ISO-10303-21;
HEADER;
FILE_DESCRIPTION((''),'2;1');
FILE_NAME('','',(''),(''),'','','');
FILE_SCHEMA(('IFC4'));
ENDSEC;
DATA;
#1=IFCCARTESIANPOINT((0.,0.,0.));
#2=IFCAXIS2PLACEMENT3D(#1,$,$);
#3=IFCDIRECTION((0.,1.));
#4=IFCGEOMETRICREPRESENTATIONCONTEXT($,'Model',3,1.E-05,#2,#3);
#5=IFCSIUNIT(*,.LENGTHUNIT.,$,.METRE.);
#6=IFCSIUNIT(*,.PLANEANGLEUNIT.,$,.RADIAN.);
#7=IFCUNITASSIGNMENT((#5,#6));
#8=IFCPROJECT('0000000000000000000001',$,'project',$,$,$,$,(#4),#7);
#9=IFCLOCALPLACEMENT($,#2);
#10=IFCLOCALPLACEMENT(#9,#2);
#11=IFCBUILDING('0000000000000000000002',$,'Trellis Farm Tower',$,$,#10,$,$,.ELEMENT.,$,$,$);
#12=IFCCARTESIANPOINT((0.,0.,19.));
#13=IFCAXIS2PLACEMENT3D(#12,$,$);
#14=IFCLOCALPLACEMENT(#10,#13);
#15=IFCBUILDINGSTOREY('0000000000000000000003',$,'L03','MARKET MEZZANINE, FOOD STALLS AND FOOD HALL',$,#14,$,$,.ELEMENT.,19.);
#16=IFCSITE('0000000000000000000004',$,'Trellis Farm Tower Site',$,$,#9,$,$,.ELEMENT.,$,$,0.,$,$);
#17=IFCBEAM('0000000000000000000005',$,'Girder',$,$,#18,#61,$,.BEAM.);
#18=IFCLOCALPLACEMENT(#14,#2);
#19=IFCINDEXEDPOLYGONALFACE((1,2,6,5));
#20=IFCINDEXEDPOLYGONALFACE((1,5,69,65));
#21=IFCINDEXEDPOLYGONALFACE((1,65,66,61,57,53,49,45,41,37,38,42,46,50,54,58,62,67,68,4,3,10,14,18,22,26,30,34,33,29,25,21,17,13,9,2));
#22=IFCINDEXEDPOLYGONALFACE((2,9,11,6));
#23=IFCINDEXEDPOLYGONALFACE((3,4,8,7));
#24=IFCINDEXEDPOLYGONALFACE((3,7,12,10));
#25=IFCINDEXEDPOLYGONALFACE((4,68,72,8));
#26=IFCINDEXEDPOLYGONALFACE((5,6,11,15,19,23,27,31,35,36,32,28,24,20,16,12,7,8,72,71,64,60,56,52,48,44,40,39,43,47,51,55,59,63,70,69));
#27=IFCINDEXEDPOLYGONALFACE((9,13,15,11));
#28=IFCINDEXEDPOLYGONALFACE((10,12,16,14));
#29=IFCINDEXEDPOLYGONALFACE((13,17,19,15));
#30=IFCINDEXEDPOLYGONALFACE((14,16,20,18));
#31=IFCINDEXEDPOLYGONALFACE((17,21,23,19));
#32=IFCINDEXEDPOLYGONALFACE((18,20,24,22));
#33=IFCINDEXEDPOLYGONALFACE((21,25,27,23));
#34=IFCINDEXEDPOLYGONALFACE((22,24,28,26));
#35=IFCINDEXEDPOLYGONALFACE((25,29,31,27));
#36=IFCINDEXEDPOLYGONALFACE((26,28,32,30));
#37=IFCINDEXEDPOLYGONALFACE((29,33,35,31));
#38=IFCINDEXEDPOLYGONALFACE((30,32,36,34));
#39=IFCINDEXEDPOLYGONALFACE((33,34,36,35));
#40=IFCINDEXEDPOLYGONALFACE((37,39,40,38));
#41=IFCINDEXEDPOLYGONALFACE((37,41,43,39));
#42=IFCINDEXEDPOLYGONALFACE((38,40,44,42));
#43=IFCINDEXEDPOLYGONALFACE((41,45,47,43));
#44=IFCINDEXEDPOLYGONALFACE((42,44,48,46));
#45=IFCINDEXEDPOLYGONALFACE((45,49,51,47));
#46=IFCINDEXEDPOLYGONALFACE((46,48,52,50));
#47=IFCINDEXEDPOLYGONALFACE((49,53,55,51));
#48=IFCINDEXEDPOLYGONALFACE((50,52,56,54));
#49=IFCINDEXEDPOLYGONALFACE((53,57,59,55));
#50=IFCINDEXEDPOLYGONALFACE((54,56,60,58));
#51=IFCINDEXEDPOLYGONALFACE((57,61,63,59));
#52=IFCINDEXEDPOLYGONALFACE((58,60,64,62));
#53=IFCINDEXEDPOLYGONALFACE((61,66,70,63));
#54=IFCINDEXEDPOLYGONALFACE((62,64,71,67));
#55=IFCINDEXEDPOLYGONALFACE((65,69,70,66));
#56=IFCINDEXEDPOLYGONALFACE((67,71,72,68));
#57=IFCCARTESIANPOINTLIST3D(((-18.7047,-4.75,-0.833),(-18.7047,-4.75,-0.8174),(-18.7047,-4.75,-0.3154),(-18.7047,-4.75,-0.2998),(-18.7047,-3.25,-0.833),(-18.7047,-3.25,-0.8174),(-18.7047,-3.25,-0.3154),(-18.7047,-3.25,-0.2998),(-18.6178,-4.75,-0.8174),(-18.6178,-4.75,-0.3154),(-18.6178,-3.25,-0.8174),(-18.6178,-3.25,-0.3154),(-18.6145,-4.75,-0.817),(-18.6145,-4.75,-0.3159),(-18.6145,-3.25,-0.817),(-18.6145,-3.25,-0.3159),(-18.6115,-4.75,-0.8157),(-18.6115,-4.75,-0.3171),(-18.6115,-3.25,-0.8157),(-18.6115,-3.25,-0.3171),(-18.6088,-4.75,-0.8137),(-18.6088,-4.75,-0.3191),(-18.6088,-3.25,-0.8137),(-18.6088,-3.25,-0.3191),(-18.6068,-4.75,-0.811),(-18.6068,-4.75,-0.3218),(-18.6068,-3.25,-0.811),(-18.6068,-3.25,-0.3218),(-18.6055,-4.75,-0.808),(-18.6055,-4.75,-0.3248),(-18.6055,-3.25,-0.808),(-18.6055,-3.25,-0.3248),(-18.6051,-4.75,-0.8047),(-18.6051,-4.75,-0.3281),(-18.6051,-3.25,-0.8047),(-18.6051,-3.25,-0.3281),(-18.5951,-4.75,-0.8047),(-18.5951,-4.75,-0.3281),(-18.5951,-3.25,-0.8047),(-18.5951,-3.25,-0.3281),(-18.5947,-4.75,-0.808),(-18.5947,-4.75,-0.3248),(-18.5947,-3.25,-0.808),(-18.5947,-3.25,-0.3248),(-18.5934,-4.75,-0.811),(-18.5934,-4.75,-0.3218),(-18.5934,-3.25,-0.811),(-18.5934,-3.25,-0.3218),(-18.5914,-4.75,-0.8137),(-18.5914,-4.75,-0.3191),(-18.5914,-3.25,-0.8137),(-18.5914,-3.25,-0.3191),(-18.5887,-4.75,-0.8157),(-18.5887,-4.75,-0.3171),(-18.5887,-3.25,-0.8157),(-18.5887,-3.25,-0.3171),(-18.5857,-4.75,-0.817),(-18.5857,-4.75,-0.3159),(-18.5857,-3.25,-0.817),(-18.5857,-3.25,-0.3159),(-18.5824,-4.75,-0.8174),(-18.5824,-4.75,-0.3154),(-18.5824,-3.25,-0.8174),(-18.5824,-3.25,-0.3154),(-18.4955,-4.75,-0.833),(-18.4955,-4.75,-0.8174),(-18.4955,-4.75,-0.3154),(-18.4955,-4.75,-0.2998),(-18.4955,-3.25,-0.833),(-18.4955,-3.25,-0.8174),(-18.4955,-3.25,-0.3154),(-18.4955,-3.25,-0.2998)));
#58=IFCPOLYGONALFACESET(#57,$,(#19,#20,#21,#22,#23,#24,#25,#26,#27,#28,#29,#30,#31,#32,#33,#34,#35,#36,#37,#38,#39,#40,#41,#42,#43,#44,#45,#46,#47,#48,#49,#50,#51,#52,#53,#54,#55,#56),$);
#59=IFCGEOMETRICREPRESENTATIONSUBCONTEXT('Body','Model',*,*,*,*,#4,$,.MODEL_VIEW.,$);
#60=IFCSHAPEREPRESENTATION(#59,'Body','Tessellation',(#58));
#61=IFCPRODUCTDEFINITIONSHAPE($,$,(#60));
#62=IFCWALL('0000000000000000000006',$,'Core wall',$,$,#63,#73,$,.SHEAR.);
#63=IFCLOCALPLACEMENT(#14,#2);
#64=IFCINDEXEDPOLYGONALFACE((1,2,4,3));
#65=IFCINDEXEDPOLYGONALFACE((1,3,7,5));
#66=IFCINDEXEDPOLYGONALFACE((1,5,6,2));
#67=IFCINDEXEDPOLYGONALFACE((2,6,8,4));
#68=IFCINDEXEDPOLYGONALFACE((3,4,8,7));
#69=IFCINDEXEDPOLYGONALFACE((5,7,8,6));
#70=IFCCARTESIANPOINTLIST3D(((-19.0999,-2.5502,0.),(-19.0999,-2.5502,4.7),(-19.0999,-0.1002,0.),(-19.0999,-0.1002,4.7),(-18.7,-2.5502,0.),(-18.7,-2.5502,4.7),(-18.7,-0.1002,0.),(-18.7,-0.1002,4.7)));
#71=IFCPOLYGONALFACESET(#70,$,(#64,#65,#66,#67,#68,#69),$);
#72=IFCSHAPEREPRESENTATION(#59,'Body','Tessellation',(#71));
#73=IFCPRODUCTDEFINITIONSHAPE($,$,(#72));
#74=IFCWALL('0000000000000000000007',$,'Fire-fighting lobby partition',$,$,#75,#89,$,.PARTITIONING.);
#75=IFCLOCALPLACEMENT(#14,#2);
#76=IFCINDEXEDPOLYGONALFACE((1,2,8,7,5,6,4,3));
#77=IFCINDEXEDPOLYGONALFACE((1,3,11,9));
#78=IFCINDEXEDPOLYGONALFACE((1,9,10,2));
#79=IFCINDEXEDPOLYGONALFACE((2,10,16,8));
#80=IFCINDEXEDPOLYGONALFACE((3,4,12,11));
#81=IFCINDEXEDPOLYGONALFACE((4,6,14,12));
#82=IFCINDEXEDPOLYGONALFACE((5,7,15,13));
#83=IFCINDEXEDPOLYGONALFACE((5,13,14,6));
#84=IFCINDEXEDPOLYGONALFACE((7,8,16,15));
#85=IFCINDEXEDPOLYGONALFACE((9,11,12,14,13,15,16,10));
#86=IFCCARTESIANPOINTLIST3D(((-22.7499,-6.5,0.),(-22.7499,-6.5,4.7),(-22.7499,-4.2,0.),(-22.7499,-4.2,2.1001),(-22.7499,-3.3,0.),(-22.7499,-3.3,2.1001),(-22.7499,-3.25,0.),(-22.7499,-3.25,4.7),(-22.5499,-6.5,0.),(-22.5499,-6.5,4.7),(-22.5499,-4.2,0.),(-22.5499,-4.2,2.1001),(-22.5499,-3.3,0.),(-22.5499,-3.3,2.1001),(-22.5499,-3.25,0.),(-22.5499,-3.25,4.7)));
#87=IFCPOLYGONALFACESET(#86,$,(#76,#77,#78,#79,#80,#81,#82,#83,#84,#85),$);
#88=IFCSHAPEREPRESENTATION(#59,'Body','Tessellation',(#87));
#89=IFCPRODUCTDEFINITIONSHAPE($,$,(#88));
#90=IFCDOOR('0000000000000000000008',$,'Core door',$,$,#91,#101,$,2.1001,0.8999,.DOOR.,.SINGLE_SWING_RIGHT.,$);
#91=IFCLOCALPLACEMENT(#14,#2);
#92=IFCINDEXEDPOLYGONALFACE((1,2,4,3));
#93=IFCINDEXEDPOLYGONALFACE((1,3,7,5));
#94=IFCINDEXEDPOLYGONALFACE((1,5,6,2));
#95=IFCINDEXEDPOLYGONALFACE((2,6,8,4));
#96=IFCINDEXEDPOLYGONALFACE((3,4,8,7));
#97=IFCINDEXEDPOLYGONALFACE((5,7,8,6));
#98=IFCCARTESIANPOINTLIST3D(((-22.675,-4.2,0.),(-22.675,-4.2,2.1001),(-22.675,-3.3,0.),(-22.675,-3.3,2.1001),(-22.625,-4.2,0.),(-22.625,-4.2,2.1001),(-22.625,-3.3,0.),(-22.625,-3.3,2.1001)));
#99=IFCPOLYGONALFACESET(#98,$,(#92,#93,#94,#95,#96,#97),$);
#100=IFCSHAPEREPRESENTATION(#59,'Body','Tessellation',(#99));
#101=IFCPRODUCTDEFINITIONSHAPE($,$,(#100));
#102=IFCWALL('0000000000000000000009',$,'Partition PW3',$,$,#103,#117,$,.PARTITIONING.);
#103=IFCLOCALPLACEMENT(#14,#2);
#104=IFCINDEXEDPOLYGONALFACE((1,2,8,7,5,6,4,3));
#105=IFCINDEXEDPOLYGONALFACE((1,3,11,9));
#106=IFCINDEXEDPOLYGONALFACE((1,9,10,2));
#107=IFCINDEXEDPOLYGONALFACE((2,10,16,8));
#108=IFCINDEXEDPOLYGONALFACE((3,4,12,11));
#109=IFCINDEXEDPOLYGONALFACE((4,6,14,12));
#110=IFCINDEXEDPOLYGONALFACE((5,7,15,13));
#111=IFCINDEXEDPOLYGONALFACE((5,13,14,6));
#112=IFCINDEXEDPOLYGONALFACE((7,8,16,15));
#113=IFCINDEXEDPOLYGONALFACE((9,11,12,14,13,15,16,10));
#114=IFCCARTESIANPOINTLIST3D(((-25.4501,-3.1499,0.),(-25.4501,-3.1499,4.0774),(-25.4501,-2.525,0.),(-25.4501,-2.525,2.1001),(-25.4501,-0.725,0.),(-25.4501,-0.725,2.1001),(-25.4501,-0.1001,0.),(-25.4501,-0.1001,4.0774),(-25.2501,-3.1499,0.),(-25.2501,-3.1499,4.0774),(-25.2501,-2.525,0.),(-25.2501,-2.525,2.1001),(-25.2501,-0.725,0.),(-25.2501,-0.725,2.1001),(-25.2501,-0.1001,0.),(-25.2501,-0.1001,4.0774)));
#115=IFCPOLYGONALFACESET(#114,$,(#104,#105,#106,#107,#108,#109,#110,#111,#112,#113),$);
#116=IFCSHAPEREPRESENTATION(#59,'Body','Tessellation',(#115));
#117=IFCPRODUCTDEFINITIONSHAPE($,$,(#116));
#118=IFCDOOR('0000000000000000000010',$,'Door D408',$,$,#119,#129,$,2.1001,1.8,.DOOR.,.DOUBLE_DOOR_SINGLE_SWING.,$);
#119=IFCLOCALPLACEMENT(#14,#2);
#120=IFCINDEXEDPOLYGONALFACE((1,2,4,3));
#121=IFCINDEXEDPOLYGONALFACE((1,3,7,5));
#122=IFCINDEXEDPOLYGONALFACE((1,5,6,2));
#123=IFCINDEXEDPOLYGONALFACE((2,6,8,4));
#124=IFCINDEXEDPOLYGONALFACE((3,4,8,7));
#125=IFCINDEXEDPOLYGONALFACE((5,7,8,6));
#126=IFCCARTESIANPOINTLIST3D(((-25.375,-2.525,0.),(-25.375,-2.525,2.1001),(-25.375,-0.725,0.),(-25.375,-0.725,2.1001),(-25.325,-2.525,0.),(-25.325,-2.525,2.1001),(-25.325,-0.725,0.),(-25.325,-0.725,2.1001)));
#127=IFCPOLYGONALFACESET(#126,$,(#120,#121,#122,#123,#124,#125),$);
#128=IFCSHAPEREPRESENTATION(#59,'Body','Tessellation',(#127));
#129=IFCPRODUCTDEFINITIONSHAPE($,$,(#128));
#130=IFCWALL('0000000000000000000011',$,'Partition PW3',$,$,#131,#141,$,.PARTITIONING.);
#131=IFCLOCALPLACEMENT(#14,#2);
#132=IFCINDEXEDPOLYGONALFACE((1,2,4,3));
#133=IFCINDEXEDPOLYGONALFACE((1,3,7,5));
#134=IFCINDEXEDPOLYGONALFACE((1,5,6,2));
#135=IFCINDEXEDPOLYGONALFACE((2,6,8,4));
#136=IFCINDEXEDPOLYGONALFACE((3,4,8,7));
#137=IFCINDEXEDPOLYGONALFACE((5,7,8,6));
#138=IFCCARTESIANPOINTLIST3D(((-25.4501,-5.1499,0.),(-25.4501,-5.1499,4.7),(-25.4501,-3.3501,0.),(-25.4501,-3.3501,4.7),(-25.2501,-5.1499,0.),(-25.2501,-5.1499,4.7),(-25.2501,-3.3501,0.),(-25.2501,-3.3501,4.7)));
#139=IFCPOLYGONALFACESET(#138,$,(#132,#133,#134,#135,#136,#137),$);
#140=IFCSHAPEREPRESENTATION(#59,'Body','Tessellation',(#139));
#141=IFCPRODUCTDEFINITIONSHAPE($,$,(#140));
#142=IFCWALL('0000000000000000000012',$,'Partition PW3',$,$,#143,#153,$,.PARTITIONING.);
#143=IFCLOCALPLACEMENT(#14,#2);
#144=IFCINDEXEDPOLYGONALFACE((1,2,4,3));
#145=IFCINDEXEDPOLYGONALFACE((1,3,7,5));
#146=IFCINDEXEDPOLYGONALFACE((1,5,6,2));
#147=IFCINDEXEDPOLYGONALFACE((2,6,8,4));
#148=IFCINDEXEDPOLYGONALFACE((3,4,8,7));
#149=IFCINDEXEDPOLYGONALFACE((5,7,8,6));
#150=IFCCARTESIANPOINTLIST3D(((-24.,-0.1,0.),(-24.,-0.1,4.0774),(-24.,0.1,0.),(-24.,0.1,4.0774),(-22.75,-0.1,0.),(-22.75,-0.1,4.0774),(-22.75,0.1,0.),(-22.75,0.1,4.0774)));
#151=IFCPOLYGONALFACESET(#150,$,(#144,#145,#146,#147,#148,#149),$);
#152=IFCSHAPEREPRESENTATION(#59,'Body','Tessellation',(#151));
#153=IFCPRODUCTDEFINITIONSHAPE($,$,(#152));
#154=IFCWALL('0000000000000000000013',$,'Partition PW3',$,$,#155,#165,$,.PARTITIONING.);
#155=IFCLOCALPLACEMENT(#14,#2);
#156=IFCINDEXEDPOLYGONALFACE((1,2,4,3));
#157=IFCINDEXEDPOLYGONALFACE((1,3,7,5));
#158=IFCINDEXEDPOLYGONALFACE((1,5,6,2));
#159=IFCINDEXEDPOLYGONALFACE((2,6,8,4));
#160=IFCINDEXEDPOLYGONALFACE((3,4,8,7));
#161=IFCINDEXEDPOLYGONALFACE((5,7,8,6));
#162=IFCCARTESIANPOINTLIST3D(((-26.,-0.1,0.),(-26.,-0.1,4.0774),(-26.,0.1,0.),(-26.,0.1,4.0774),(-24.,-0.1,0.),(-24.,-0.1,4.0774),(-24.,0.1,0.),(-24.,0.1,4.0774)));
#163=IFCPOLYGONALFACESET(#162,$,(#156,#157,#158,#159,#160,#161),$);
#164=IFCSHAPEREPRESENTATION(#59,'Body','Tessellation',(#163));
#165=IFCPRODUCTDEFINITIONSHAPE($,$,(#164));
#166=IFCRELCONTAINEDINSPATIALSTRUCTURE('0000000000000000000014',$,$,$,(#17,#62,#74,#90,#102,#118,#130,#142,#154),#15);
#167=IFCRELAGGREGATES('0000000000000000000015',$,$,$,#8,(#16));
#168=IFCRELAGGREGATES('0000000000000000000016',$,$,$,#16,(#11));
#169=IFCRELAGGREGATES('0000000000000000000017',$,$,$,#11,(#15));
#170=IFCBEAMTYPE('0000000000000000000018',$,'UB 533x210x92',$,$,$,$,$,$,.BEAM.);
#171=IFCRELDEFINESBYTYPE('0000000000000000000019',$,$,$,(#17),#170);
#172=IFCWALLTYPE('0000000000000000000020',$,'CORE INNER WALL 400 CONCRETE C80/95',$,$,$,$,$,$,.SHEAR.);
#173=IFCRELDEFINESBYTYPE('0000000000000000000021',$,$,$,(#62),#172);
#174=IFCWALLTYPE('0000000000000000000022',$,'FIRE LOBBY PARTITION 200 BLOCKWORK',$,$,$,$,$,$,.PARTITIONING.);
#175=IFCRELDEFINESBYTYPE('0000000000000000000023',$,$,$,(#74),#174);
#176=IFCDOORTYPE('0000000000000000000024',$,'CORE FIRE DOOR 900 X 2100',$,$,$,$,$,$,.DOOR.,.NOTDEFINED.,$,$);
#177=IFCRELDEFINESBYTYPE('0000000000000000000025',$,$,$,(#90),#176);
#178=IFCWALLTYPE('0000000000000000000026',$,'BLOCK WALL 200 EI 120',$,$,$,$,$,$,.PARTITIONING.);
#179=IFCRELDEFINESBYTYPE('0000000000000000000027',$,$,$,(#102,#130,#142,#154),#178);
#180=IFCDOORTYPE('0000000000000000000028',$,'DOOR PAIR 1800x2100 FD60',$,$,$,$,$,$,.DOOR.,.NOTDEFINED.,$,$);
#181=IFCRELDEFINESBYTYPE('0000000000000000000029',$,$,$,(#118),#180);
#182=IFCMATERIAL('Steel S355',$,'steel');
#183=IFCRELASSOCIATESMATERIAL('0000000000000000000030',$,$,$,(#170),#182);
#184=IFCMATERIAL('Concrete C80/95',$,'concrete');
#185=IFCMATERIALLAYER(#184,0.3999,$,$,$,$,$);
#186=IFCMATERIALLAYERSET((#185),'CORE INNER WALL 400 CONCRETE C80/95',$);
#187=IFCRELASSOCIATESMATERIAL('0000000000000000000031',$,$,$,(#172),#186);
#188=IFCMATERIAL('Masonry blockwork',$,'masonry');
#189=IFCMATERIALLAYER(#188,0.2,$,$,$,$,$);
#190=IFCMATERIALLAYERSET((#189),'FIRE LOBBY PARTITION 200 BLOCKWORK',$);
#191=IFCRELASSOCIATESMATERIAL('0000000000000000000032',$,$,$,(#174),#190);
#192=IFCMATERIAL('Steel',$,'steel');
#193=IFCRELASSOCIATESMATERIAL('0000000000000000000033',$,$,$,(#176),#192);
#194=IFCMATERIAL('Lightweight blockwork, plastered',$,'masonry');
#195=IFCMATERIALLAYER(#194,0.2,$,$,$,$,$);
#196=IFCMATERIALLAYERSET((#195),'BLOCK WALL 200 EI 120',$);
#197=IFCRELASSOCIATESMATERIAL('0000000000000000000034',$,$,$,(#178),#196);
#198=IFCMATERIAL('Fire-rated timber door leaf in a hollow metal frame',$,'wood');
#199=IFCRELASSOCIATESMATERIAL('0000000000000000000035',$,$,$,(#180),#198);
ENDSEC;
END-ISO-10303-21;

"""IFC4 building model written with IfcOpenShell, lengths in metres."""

from ifc_helpers import new_model, si_unit, direction, frame, frame_2d, origin, origin_2d, place, context, subcontext, project, spatial, rectangle, i_section, extrude, source, transform, mapped, material, layer, layer_set, material_profile, profile_set, type_object, element, fill, save


model = new_model("IFC4")

# Units and contexts
model_context = context("Model", 3, precision=1e-05, world=origin(), true_north=direction((0.0, 1.0)))
body_context = subcontext(model_context, "Body", "Model", "MODEL_VIEW")
ifc_project = project(units=[si_unit("LENGTHUNIT", "METRE"), si_unit("PLANEANGLEUNIT", "RADIAN")], contexts=[model_context])

# Site, building, storey
site_placement = place(None, origin())
site = spatial("IfcSite", under=ifc_project, at=site_placement, Name="Trellis Farm Tower Site", CompositionType="ELEMENT", RefElevation=0.0)
building_placement = place(site_placement, origin())
building = spatial("IfcBuilding", under=site, at=building_placement, Name="Trellis Farm Tower", CompositionType="ELEMENT")
storey_placement = place(building_placement, frame((0.0, 0.0, 19.0)))
storey = spatial("IfcBuildingStorey", under=building, at=storey_placement, Name="L03", Description="MARKET MEZZANINE, FOOD STALLS AND FOOD HALL", CompositionType="ELEMENT", Elevation=19.0)

# Shared definitions
ifc_material_1 = material(Name="Concrete C80/95", Category="concrete")

# Beam
ifc_material_2 = material(Name="Steel S355", Category="steel")
ifc_material_profile_1 = material_profile(ifc_material_2, i_section(OverallWidth=0.2092, OverallDepth=0.5332, WebThickness=0.01, FlangeThickness=0.0156, FilletRadius=0.0127, at=origin_2d()), Name="UB 533x210x92")
ifc_profile_set_1 = profile_set([ifc_material_profile_1], Name="Steel S355")
beam_type_1 = type_object("IfcBeamType", Name="UB 533x210x92", PredefinedType="BEAM", material=ifc_profile_set_1)
shared_shape_1 = source(origin(), body_context, "Body", "SweptSolid", [
    extrude(i_section(OverallWidth=0.2092, OverallDepth=0.5332, WebThickness=0.01, FlangeThickness=0.0156, FilletRadius=0.0127, at=origin_2d()), origin(), (0.0, 0.0, 1.0), 1.5),
])
beam_1_placement = place(storey_placement, frame((-18.6001, -4.75, -0.5664), z_axis=(0.0, 1.0, 0.0), x_axis=(-1.0, 0.0, 0.0)))
element("IfcBeam", 1, at=beam_1_placement, inside=storey, type_object=beam_type_1, Name="Girder", PredefinedType="BEAM", context=body_context, shape_type="MappedRepresentation", body=[
    mapped(shared_shape_1, transform((0.0, 0.0, 0.0))),
])

# Wall
ifc_layer_1 = layer(ifc_material_1, 0.3999)
ifc_layer_set_1 = layer_set([ifc_layer_1], Name="CORE INNER WALL 400 CONCRETE C80/95")
wall_type_1 = type_object("IfcWallType", Name="CORE INNER WALL 400 CONCRETE C80/95", PredefinedType="SHEAR", material=ifc_layer_set_1)
shared_shape_2 = source(origin(), body_context, "Body", "SweptSolid", [
    extrude(rectangle(XDim=2.45, YDim=0.3999, at=frame_2d((1.2251, 0.0))), origin(), (0.0, 0.0, 1.0), 4.7),
])
wall_1_placement = place(storey_placement, frame((-18.8999, -0.1001, 0.0), z_axis=(0.0, 0.0, 1.0), x_axis=(0.0, -1.0, 0.0)))
element("IfcWall", 2, at=wall_1_placement, inside=storey, type_object=wall_type_1, Name="Core wall", PredefinedType="SHEAR", context=body_context, shape_type="MappedRepresentation", body=[
    mapped(shared_shape_2, transform((0.0, 0.0, 0.0))),
])

# Walls, openings, doors
ifc_material_3 = material(Name="Masonry blockwork", Category="masonry")
ifc_layer_2 = layer(ifc_material_3, 0.2)
ifc_layer_set_2 = layer_set([ifc_layer_2], Name="FIRE LOBBY PARTITION 200 BLOCKWORK")
wall_type_2 = type_object("IfcWallType", Name="FIRE LOBBY PARTITION 200 BLOCKWORK", PredefinedType="PARTITIONING", material=ifc_layer_set_2)
shared_shape_3 = source(origin(), body_context, "Body", "SweptSolid", [
    extrude(rectangle(XDim=3.25, YDim=0.2, at=frame_2d((1.625, 0.0))), origin(), (0.0, 0.0, 1.0), 4.7),
])
wall_2_placement = place(storey_placement, frame((-22.6499, -3.25, 0.0), z_axis=(0.0, 0.0, 1.0), x_axis=(0.0, -1.0, 0.0)))
wall_2 = element("IfcWall", 3, at=wall_2_placement, inside=storey, type_object=wall_type_2, Name="Fire-fighting lobby partition", PredefinedType="PARTITIONING", context=body_context, shape_type="MappedRepresentation", body=[
    mapped(shared_shape_3, transform((0.0, 0.0, 0.0))),
])
shared_shape_4 = source(origin(), body_context, "Body", "SweptSolid", [
    extrude(rectangle(XDim=0.8999, YDim=2.1001, at=frame_2d((0.45, 1.05))), frame((0.0, 0.1101, 0.0), z_axis=(0.0, -1.0, 0.0), x_axis=(1.0, 0.0, 0.0)), (0.0, 0.0, 1.0), 0.2202),
])
opening_1_placement = place(wall_2_placement, frame((0.05, 0.0, 0.0)))
opening_1 = element("IfcOpeningElement", 4, at=opening_1_placement, cuts=wall_2, PredefinedType="OPENING", context=body_context, shape_type="MappedRepresentation", body=[
    mapped(shared_shape_4, transform((0.0, 0.0, 0.0))),
])
ifc_material_4 = material(Name="Steel", Category="steel")
door_type_1 = type_object("IfcDoorType", Name="CORE FIRE DOOR 900 X 2100", OperationType="NOTDEFINED", PredefinedType="DOOR", material=ifc_material_4)
shared_shape_5 = source(origin(), body_context, "Body", "SweptSolid", [
    extrude(rectangle(XDim=0.8999, YDim=2.1001, at=frame_2d((0.45, 1.05))), frame((0.0, 0.0249, 0.0), z_axis=(0.0, -1.0, 0.0), x_axis=(1.0, 0.0, 0.0)), (0.0, 0.0, 1.0), 0.05),
])
door_1_placement = place(opening_1_placement, origin())
door_1 = element("IfcDoor", 5, at=door_1_placement, inside=storey, type_object=door_type_1, Name="Core door", OperationType="SINGLE_SWING_RIGHT", OverallHeight=2.1001, OverallWidth=0.8999, PredefinedType="DOOR", context=body_context, shape_type="MappedRepresentation", body=[
    mapped(shared_shape_5, transform((0.0, 0.0, 0.0))),
])
fill(opening_1, door_1)
ifc_material_5 = material(Name="Lightweight blockwork, plastered", Category="masonry")
ifc_layer_3 = layer(ifc_material_5, 0.2)
ifc_layer_set_3 = layer_set([ifc_layer_3], Name="BLOCK WALL 200 EI 120")
wall_type_3 = type_object("IfcWallType", Name="BLOCK WALL 200 EI 120", PredefinedType="PARTITIONING", material=ifc_layer_set_3)
shared_shape_6 = source(origin(), body_context, "Body", "SweptSolid", [
    extrude(rectangle(XDim=3.0498, YDim=0.2, at=frame_2d((1.5249, 0.0))), origin(), (0.0, 0.0, 1.0), 4.0774),
])
wall_3_placement = place(storey_placement, frame((-25.3501, -3.1499, 0.0), z_axis=(0.0, 0.0, 1.0), x_axis=(0.0, 1.0, 0.0)))
wall_3 = element("IfcWall", 6, at=wall_3_placement, inside=storey, type_object=wall_type_3, Name="Partition PW3", PredefinedType="PARTITIONING", context=body_context, shape_type="MappedRepresentation", body=[
    mapped(shared_shape_6, transform((0.0, 0.0, 0.0))),
])
shared_shape_7 = source(origin(), body_context, "Body", "SweptSolid", [
    extrude(rectangle(XDim=1.8, YDim=2.1001, at=frame_2d((0.8999, 1.05))), frame((0.0, 0.1101, 0.0), z_axis=(0.0, -1.0, 0.0), x_axis=(1.0, 0.0, 0.0)), (0.0, 0.0, 1.0), 0.2202),
])
opening_2_placement = place(wall_3_placement, frame((0.625, 0.0, 0.0)))
opening_2 = element("IfcOpeningElement", 7, at=opening_2_placement, cuts=wall_3, PredefinedType="OPENING", context=body_context, shape_type="MappedRepresentation", body=[
    mapped(shared_shape_7, transform((0.0, 0.0, 0.0))),
])
ifc_material_6 = material(Name="Fire-rated timber door leaf in a hollow metal frame", Category="wood")
door_type_2 = type_object("IfcDoorType", Name="DOOR PAIR 1800x2100 FD60", OperationType="NOTDEFINED", PredefinedType="DOOR", material=ifc_material_6)
shared_shape_8 = source(origin(), body_context, "Body", "SweptSolid", [
    extrude(rectangle(XDim=1.8, YDim=2.1001, at=frame_2d((0.8999, 1.05))), frame((0.0, 0.0249, 0.0), z_axis=(0.0, -1.0, 0.0), x_axis=(1.0, 0.0, 0.0)), (0.0, 0.0, 1.0), 0.05),
])
door_2_placement = place(opening_2_placement, origin())
door_2 = element("IfcDoor", 8, at=door_2_placement, inside=storey, type_object=door_type_2, Name="Door D408", OperationType="DOUBLE_DOOR_SINGLE_SWING", OverallHeight=2.1001, OverallWidth=1.8, PredefinedType="DOOR", context=body_context, shape_type="MappedRepresentation", body=[
    mapped(shared_shape_8, transform((0.0, 0.0, 0.0))),
])
fill(opening_2, door_2)

# Walls
shared_shape_9 = source(origin(), body_context, "Body", "SweptSolid", [
    extrude(rectangle(XDim=1.7998, YDim=0.2, at=frame_2d((0.8999, 0.0))), origin(), (0.0, 0.0, 1.0), 4.7),
])
wall_4_placement = place(storey_placement, frame((-25.3501, -3.3501, 0.0), z_axis=(0.0, 0.0, 1.0), x_axis=(0.0, -1.0, 0.0)))
element("IfcWall", 9, at=wall_4_placement, inside=storey, type_object=wall_type_3, Name="Partition PW3", PredefinedType="PARTITIONING", context=body_context, shape_type="MappedRepresentation", body=[
    mapped(shared_shape_9, transform((0.0, 0.0, 0.0))),
])
shared_shape_10 = source(origin(), body_context, "Body", "SweptSolid", [
    extrude(rectangle(XDim=1.25, YDim=0.2, at=frame_2d((0.625, 0.0))), origin(), (0.0, 0.0, 1.0), 4.0774),
])
wall_5_placement = place(storey_placement, frame((-24.0, 0.0, 0.0), z_axis=(0.0, 0.0, 1.0), x_axis=(1.0, 0.0, 0.0)))
element("IfcWall", 10, at=wall_5_placement, inside=storey, type_object=wall_type_3, Name="Partition PW3", PredefinedType="PARTITIONING", context=body_context, shape_type="MappedRepresentation", body=[
    mapped(shared_shape_10, transform((0.0, 0.0, 0.0))),
])
shared_shape_11 = source(origin(), body_context, "Body", "SweptSolid", [
    extrude(rectangle(XDim=2.0, YDim=0.2, at=frame_2d((1.0, 0.0))), origin(), (0.0, 0.0, 1.0), 4.0774),
])
wall_6_placement = place(storey_placement, frame((-26.0, 0.0, 0.0), z_axis=(0.0, 0.0, 1.0), x_axis=(1.0, 0.0, 0.0)))
element("IfcWall", 11, at=wall_6_placement, inside=storey, type_object=wall_type_3, Name="Partition PW3", PredefinedType="PARTITIONING", context=body_context, shape_type="MappedRepresentation", body=[
    mapped(shared_shape_11, transform((0.0, 0.0, 0.0))),
])

save(model, "model.ifc")
